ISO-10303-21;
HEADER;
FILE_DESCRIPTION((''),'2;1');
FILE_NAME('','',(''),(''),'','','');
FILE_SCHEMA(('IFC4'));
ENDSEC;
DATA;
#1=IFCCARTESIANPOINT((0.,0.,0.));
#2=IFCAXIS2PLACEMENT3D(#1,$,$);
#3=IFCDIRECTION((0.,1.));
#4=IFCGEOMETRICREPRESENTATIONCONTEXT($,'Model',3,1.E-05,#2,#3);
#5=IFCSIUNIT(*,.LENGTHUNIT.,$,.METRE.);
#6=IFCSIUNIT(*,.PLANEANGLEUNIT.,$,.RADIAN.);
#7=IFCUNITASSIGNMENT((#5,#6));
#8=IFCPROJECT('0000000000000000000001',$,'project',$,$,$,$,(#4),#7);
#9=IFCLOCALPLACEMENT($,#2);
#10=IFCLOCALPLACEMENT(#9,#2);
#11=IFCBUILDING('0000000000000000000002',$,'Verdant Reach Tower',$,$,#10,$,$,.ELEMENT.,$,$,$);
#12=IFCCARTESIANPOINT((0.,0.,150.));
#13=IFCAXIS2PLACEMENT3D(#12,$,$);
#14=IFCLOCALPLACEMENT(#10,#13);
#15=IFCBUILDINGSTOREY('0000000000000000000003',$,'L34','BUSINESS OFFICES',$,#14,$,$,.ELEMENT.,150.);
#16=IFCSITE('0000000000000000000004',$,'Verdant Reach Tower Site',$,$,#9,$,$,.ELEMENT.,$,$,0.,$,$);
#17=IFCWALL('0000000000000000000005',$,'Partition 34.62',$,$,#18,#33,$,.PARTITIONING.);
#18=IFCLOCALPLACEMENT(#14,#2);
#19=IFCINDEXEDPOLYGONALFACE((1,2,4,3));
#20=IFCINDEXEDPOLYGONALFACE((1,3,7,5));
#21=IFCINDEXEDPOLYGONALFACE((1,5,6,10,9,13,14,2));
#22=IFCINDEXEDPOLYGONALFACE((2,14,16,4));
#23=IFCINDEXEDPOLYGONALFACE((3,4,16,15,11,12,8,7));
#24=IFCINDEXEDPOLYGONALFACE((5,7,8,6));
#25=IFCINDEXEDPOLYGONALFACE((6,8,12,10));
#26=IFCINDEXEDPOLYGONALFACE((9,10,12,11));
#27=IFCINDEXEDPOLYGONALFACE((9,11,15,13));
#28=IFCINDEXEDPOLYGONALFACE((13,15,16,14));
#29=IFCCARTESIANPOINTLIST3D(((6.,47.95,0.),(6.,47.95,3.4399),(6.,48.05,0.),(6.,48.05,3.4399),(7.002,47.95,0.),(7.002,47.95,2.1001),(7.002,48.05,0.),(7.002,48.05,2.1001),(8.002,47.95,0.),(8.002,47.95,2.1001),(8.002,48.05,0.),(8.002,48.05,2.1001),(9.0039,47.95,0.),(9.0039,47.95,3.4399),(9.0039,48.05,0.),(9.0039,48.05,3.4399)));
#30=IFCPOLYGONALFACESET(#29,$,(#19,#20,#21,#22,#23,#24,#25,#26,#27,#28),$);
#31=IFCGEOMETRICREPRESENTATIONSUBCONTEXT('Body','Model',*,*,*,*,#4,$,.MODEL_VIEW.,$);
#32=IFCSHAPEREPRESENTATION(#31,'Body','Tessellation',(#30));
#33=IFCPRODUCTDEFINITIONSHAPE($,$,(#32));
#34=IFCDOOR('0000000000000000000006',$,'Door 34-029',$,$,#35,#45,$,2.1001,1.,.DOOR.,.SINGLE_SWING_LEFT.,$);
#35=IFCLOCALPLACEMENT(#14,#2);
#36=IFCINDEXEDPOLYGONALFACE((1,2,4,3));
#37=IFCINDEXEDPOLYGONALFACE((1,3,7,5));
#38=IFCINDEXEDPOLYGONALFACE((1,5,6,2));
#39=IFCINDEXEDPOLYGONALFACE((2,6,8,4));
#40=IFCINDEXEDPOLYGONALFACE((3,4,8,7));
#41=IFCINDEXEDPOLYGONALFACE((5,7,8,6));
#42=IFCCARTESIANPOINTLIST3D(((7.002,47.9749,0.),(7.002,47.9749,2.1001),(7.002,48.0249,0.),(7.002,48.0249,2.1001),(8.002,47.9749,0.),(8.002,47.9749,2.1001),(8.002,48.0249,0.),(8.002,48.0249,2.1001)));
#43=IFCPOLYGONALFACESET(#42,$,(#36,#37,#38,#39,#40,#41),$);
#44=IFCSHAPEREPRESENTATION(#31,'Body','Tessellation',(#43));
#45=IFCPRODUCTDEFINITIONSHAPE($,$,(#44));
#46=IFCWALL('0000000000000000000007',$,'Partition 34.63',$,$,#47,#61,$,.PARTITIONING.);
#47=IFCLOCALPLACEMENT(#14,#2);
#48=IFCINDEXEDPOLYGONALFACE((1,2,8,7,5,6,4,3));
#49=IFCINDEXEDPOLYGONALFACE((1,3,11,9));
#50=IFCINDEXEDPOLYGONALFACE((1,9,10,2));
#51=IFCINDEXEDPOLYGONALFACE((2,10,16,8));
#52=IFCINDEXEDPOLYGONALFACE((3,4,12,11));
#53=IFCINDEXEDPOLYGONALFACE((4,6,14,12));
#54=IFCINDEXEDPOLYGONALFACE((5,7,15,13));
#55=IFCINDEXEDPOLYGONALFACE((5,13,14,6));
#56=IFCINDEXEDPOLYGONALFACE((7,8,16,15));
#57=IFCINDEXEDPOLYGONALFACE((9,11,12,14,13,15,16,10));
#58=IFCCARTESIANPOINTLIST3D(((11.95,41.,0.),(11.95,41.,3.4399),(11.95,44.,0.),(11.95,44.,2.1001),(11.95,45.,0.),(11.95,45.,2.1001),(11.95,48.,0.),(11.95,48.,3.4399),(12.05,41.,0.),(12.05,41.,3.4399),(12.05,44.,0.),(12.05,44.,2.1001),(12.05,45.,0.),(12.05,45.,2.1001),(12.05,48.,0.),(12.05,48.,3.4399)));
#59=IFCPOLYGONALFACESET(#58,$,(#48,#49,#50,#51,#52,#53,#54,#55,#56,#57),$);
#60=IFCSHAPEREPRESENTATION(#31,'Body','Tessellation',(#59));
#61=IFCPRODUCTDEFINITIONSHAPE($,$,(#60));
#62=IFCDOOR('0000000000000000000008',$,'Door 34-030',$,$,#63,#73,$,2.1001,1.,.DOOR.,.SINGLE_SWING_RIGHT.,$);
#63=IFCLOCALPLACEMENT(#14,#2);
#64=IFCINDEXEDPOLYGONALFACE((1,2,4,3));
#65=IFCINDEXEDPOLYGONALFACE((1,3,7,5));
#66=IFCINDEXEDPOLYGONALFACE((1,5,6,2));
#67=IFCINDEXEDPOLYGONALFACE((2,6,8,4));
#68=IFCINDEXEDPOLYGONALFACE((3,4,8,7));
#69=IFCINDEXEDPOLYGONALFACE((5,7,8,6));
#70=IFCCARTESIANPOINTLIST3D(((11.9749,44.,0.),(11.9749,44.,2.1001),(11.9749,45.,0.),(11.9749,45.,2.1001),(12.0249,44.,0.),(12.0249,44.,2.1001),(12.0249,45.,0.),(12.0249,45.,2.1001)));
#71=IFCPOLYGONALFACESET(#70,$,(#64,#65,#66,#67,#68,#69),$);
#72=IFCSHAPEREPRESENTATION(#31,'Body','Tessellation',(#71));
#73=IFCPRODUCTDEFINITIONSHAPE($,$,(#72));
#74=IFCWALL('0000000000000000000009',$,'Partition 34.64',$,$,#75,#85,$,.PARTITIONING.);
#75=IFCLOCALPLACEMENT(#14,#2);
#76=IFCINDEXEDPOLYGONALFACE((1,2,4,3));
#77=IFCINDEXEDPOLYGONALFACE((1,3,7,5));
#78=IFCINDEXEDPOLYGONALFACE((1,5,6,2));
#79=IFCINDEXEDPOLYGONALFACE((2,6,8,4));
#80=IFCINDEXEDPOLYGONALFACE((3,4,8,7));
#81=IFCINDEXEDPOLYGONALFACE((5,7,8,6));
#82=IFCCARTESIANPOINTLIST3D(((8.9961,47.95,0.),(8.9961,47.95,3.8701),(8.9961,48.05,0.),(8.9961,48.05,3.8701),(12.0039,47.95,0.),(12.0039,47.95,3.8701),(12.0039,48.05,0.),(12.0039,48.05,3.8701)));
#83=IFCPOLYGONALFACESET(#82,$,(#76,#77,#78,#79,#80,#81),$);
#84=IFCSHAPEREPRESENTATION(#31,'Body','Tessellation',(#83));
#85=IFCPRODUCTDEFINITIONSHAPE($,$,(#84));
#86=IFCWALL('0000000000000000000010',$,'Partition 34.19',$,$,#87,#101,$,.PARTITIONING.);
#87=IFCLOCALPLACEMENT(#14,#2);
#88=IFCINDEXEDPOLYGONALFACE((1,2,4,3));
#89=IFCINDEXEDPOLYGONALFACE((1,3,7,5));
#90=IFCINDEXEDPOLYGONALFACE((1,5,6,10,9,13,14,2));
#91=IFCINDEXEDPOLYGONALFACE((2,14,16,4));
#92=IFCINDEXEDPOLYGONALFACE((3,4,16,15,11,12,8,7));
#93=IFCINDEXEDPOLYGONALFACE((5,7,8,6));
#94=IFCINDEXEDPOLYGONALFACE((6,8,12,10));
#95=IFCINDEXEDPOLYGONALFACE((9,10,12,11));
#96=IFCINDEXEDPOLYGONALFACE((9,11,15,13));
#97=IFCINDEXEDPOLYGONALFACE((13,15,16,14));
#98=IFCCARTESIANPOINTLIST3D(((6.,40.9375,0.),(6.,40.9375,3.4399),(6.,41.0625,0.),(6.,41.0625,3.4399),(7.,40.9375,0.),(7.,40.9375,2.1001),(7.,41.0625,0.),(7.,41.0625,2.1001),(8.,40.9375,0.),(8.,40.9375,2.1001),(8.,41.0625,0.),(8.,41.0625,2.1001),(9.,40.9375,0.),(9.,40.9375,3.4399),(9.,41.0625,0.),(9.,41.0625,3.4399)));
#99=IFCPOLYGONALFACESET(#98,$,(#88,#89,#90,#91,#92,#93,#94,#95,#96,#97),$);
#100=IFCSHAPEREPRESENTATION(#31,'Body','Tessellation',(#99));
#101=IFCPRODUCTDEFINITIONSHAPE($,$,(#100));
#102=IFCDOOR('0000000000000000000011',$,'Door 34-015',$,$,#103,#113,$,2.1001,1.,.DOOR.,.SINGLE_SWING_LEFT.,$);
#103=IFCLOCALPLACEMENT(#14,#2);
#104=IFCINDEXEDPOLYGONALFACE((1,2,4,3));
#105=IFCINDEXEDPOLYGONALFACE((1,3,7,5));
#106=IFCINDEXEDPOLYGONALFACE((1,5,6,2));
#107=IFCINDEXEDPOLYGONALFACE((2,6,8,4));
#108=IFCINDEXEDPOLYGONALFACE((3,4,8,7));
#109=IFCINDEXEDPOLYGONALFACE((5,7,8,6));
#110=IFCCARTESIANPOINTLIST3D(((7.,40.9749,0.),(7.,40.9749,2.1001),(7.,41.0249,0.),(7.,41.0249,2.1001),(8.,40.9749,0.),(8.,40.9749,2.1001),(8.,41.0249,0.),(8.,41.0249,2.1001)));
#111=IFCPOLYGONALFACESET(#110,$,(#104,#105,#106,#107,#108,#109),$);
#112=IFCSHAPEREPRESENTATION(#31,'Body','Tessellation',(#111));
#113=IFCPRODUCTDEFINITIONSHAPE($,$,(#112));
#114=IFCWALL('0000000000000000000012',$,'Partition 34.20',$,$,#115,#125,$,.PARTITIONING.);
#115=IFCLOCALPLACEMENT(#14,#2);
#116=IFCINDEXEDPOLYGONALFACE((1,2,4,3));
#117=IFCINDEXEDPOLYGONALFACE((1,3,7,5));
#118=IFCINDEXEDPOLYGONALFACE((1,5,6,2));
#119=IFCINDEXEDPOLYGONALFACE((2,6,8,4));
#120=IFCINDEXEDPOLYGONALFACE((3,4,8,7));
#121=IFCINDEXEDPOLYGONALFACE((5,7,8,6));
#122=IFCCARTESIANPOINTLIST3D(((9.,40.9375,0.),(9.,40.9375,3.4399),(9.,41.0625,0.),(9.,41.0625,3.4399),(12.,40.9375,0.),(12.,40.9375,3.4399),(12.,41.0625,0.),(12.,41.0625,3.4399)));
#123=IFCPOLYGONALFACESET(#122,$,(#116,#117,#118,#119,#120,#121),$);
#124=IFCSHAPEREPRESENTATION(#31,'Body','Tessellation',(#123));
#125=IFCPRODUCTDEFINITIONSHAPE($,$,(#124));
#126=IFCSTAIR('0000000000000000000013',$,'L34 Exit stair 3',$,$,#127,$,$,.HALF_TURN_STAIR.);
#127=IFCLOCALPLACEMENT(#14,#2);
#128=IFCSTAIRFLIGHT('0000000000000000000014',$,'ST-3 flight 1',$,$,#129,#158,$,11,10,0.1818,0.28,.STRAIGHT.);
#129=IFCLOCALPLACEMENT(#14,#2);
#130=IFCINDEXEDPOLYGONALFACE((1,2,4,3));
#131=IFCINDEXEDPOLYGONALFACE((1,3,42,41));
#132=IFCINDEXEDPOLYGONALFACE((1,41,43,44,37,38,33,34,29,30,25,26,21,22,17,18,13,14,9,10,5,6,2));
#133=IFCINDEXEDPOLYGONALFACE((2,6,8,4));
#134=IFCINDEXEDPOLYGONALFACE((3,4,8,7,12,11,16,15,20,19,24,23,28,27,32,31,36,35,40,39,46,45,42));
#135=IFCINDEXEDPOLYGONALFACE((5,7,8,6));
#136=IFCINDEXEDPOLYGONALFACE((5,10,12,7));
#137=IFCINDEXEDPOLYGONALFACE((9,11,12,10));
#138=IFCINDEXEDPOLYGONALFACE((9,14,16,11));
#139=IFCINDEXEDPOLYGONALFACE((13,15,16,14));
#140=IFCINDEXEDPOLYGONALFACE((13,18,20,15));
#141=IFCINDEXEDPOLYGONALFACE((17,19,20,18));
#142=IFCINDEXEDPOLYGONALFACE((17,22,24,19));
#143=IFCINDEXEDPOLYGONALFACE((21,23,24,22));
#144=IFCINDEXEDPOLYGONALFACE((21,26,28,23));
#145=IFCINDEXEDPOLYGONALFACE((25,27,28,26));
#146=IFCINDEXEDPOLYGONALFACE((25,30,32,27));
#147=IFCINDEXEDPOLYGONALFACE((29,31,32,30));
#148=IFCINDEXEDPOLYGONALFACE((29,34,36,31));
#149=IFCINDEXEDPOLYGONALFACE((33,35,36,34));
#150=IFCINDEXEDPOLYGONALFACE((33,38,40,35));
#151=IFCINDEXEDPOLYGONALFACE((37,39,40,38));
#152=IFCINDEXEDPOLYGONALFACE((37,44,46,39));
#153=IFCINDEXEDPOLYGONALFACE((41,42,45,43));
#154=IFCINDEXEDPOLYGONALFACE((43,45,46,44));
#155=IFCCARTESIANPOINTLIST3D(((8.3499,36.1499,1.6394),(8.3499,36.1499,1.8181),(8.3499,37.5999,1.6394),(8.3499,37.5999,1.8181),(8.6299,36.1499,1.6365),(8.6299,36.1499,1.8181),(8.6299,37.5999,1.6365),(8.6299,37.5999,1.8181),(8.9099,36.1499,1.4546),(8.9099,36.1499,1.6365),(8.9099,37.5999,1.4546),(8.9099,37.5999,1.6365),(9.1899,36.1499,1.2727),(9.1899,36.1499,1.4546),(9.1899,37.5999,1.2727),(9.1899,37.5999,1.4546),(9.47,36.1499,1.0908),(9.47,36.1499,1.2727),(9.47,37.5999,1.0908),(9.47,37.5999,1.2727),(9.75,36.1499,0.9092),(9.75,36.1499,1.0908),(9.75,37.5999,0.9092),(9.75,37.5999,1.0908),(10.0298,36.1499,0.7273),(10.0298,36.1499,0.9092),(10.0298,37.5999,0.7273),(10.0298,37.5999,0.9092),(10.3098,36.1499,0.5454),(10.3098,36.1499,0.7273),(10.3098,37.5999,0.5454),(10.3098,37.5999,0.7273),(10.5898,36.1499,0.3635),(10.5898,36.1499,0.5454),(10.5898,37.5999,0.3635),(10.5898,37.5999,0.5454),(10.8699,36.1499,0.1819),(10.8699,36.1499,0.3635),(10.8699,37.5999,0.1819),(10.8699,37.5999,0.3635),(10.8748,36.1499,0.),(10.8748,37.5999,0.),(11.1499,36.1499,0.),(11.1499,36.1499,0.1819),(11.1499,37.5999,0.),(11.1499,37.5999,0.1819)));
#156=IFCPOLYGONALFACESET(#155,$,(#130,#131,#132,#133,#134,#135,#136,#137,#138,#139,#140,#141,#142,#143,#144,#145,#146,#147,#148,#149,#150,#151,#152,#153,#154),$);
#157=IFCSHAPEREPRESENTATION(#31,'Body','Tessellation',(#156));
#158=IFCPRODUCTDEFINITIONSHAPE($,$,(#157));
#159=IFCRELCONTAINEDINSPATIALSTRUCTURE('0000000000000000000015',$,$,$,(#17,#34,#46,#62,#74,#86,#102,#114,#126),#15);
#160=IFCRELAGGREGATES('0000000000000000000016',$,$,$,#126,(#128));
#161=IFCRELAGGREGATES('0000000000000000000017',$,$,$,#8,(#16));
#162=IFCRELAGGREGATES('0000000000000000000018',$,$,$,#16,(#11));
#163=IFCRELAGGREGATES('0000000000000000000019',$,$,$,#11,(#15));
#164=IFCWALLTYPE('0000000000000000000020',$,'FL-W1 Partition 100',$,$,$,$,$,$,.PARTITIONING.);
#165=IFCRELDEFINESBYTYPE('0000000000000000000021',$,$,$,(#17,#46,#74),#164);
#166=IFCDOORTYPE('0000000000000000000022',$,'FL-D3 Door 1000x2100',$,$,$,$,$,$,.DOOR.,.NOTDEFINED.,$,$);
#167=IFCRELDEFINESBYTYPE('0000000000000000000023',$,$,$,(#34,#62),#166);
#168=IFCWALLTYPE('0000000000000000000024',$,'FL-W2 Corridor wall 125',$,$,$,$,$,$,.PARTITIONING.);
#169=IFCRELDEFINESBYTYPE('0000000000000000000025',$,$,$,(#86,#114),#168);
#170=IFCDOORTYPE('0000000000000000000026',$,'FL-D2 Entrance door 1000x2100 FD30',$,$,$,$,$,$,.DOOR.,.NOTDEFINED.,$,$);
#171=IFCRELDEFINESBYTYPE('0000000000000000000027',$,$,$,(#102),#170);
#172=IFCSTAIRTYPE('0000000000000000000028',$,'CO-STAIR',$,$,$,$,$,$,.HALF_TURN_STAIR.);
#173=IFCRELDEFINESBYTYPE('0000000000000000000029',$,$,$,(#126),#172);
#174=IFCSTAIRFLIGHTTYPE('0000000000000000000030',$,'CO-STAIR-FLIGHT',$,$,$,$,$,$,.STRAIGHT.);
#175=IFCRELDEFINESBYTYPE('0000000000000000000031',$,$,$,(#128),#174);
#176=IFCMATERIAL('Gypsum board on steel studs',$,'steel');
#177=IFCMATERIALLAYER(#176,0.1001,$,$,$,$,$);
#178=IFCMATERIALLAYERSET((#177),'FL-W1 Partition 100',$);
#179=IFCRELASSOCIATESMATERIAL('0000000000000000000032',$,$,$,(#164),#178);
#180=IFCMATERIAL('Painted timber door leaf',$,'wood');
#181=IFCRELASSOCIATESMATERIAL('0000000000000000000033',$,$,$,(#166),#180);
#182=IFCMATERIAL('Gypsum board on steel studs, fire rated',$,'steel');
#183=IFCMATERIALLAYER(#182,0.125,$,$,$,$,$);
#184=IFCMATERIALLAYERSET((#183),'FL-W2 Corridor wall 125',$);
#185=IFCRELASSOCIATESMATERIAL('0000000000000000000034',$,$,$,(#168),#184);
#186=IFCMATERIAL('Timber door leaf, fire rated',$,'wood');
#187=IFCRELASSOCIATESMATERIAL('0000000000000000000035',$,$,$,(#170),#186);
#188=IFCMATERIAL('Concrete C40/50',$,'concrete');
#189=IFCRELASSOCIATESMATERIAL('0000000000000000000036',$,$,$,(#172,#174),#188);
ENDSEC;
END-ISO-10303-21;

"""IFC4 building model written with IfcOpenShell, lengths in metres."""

from ifc_helpers import new_model, si_unit, direction, frame, frame_2d, origin, place, context, subcontext, project, spatial, polyline, rectangle, outline, extrude, material, layer, layer_set, type_object, element, fill, aggregate, save


model = new_model("IFC4")

# Units and contexts
model_context = context("Model", 3, precision=1e-05, world=origin(), true_north=direction((0.0, 1.0)))
body_context = subcontext(model_context, "Body", "Model", "MODEL_VIEW")
ifc_project = project(units=[si_unit("LENGTHUNIT", "METRE"), si_unit("PLANEANGLEUNIT", "RADIAN")], contexts=[model_context])

# Site, building, storey
site_placement = place(None, origin())
site = spatial("IfcSite", under=ifc_project, at=site_placement, Name="Verdant Reach Tower Site", CompositionType="ELEMENT", RefElevation=0.0)
building_placement = place(site_placement, origin())
building = spatial("IfcBuilding", under=site, at=building_placement, Name="Verdant Reach Tower", CompositionType="ELEMENT")
storey_placement = place(building_placement, frame((0.0, 0.0, 150.0)))
storey = spatial("IfcBuildingStorey", under=building, at=storey_placement, Name="L34", Description="BUSINESS OFFICES", CompositionType="ELEMENT", Elevation=150.0)

# Shared definitions
ifc_material_1 = material(Name="Concrete C40/50", Category="concrete")

# Shared definitions
ifc_material_2 = material(Name="Gypsum board on steel studs", Category="steel")
ifc_layer_1 = layer(ifc_material_2, 0.1001)
ifc_layer_set_1 = layer_set([ifc_layer_1], Name="FL-W1 Partition 100")
wall_type_1 = type_object("IfcWallType", Name="FL-W1 Partition 100", PredefinedType="PARTITIONING", material=ifc_layer_set_1)

# Walls, openings, doors
ifc_material_3 = material(Name="Painted timber door leaf", Category="wood")
door_type_1 = type_object("IfcDoorType", Name="FL-D3 Door 1000x2100", OperationType="NOTDEFINED", PredefinedType="DOOR", material=ifc_material_3)
wall_1_placement = place(storey_placement, frame((6.0, 48.0, 0.0), z_axis=(0.0, 0.0, 1.0), x_axis=(1.0, 0.0, 0.0)))
wall_1 = element("IfcWall", 1, at=wall_1_placement, inside=storey, type_object=wall_type_1, Name="Partition 34.62", PredefinedType="PARTITIONING", context=body_context, shape_type="SweptSolid", body=[
    extrude(rectangle(XDim=3.0039, YDim=0.1001, at=frame_2d((1.502, 0.0))), origin(), (0.0, 0.0, 1.0), 3.4399),
])
opening_1_placement = place(wall_1_placement, frame((1.002, 0.0, 0.0)))
opening_1 = element("IfcOpeningElement", 2, at=opening_1_placement, cuts=wall_1, PredefinedType="OPENING", context=body_context, shape_type="SweptSolid", body=[
    extrude(rectangle(XDim=1.0, YDim=2.1001, at=frame_2d((0.5, 1.05))), frame((0.0, 0.0601, 0.0), z_axis=(0.0, -1.0, 0.0), x_axis=(1.0, 0.0, 0.0)), (0.0, 0.0, 1.0), 0.1201),
])
door_1_placement = place(opening_1_placement, origin())
door_1 = element("IfcDoor", 3, at=door_1_placement, inside=storey, type_object=door_type_1, Name="Door 34-029", OperationType="SINGLE_SWING_LEFT", OverallHeight=2.1001, OverallWidth=1.0, PredefinedType="DOOR", context=body_context, shape_type="SweptSolid", body=[
    extrude(rectangle(XDim=1.0, YDim=2.1001, at=frame_2d((0.5, 1.05))), frame((0.0, 0.0249, 0.0), z_axis=(0.0, -1.0, 0.0), x_axis=(1.0, 0.0, 0.0)), (0.0, 0.0, 1.0), 0.05),
])
fill(opening_1, door_1)
wall_2_placement = place(storey_placement, frame((12.0, 48.0, 0.0), z_axis=(0.0, 0.0, 1.0), x_axis=(0.0, -1.0, 0.0)))
wall_2 = element("IfcWall", 4, at=wall_2_placement, inside=storey, type_object=wall_type_1, Name="Partition 34.63", PredefinedType="PARTITIONING", context=body_context, shape_type="SweptSolid", body=[
    extrude(rectangle(XDim=7.0, YDim=0.1001, at=frame_2d((3.5, 0.0))), origin(), (0.0, 0.0, 1.0), 3.4399),
])
opening_2_placement = place(wall_2_placement, frame((3.0, 0.0, 0.0)))
opening_2 = element("IfcOpeningElement", 5, at=opening_2_placement, cuts=wall_2, PredefinedType="OPENING", context=body_context, shape_type="SweptSolid", body=[
    extrude(rectangle(XDim=1.0, YDim=2.1001, at=frame_2d((0.5, 1.05))), frame((0.0, 0.0601, 0.0), z_axis=(0.0, -1.0, 0.0), x_axis=(1.0, 0.0, 0.0)), (0.0, 0.0, 1.0), 0.1201),
])
door_2_placement = place(opening_2_placement, origin())
door_2 = element("IfcDoor", 6, at=door_2_placement, inside=storey, type_object=door_type_1, Name="Door 34-030", OperationType="SINGLE_SWING_RIGHT", OverallHeight=2.1001, OverallWidth=1.0, PredefinedType="DOOR", context=body_context, shape_type="SweptSolid", body=[
    extrude(rectangle(XDim=1.0, YDim=2.1001, at=frame_2d((0.5, 1.05))), frame((0.0, 0.0249, 0.0), z_axis=(0.0, -1.0, 0.0), x_axis=(1.0, 0.0, 0.0)), (0.0, 0.0, 1.0), 0.05),
])
fill(opening_2, door_2)

# Wall
wall_3_placement = place(storey_placement, frame((12.0039, 48.0, 0.0), z_axis=(0.0, 0.0, 1.0), x_axis=(-1.0, 0.0, 0.0)))
element("IfcWall", 7, at=wall_3_placement, inside=storey, type_object=wall_type_1, Name="Partition 34.64", PredefinedType="PARTITIONING", context=body_context, shape_type="SweptSolid", body=[
    extrude(rectangle(XDim=3.0078, YDim=0.1001, at=frame_2d((1.5039, 0.0))), origin(), (0.0, 0.0, 1.0), 3.8701),
])

# Wall, opening, door
ifc_material_4 = material(Name="Gypsum board on steel studs, fire rated", Category="steel")
ifc_layer_2 = layer(ifc_material_4, 0.125)
ifc_layer_set_2 = layer_set([ifc_layer_2], Name="FL-W2 Corridor wall 125")
wall_type_2 = type_object("IfcWallType", Name="FL-W2 Corridor wall 125", PredefinedType="PARTITIONING", material=ifc_layer_set_2)
wall_4_placement = place(storey_placement, frame((6.0, 41.0, 0.0), z_axis=(0.0, 0.0, 1.0), x_axis=(1.0, 0.0, 0.0)))
wall_4 = element("IfcWall", 8, at=wall_4_placement, inside=storey, type_object=wall_type_2, Name="Partition 34.19", PredefinedType="PARTITIONING", context=body_context, shape_type="SweptSolid", body=[
    extrude(rectangle(XDim=3.0, YDim=0.125, at=frame_2d((1.5, 0.0))), origin(), (0.0, 0.0, 1.0), 3.4399),
])
opening_3_placement = place(wall_4_placement, frame((1.0, 0.0, 0.0)))
opening_3 = element("IfcOpeningElement", 9, at=opening_3_placement, cuts=wall_4, PredefinedType="OPENING", context=body_context, shape_type="SweptSolid", body=[
    extrude(rectangle(XDim=1.0, YDim=2.1001, at=frame_2d((0.5, 1.05))), frame((0.0, 0.0725, 0.0), z_axis=(0.0, -1.0, 0.0), x_axis=(1.0, 0.0, 0.0)), (0.0, 0.0, 1.0), 0.145),
])
ifc_material_5 = material(Name="Timber door leaf, fire rated", Category="wood")
door_type_2 = type_object("IfcDoorType", Name="FL-D2 Entrance door 1000x2100 FD30", OperationType="NOTDEFINED", PredefinedType="DOOR", material=ifc_material_5)
door_3_placement = place(opening_3_placement, origin())
door_3 = element("IfcDoor", 10, at=door_3_placement, inside=storey, type_object=door_type_2, Name="Door 34-015", OperationType="SINGLE_SWING_LEFT", OverallHeight=2.1001, OverallWidth=1.0, PredefinedType="DOOR", context=body_context, shape_type="SweptSolid", body=[
    extrude(rectangle(XDim=1.0, YDim=2.1001, at=frame_2d((0.5, 1.05))), frame((0.0, 0.0249, 0.0), z_axis=(0.0, -1.0, 0.0), x_axis=(1.0, 0.0, 0.0)), (0.0, 0.0, 1.0), 0.05),
])
fill(opening_3, door_3)

# Wall
wall_5_placement = place(storey_placement, frame((12.0, 41.0, 0.0), z_axis=(0.0, 0.0, 1.0), x_axis=(-1.0, 0.0, 0.0)))
element("IfcWall", 11, at=wall_5_placement, inside=storey, type_object=wall_type_2, Name="Partition 34.20", PredefinedType="PARTITIONING", context=body_context, shape_type="SweptSolid", body=[
    extrude(rectangle(XDim=3.0, YDim=0.125, at=frame_2d((1.5, 0.0))), origin(), (0.0, 0.0, 1.0), 3.4399),
])

# Stair, stair flight
stair_type = type_object("IfcStairType", Name="CO-STAIR", PredefinedType="HALF_TURN_STAIR", material=ifc_material_1)
stair_placement = place(storey_placement, origin())
stair = element("IfcStair", 12, at=stair_placement, inside=storey, type_object=stair_type, Name="L34 Exit stair 3", PredefinedType="HALF_TURN_STAIR")
stair_flight_type = type_object("IfcStairFlightType", Name="CO-STAIR-FLIGHT", PredefinedType="STRAIGHT", material=ifc_material_1)
stair_flight_1_placement = place(storey_placement, frame((11.1499, 36.875, 0.0), z_axis=(0.0, 0.0, 1.0), x_axis=(-1.0, 0.0, 0.0)))
stair_flight_1 = element("IfcStairFlight", 13, at=stair_flight_1_placement, type_object=stair_flight_type, Name="ST-3 flight 1", NumberOfRisers=11, NumberOfTreads=10, PredefinedType="STRAIGHT", RiserHeight=0.1818, TreadLength=0.28, context=body_context, shape_type="SweptSolid", body=[
    extrude(outline(polyline([(0.0, 0.0), (0.0, 0.1819), (0.28, 0.1819), (0.28, 0.3635), (0.5601, 0.3635), (0.5601, 0.5454), (0.8401, 0.5454), (0.8401, 0.7273), (1.1201, 0.7273), (1.1201, 0.9092), (1.3999, 0.9092), (1.3999, 1.0908), (1.6799, 1.0908), (1.6799, 1.2727), (1.96, 1.2727), (1.96, 1.4546), (2.24, 1.4546), (2.24, 1.6365), (2.52, 1.6365), (2.52, 1.8181), (2.8, 1.8181), (2.8, 2.0), (2.8, 1.6394), (0.2751, 0.0), (0.0, 0.0)])), frame((0.0, 0.7251, 0.0), z_axis=(0.0, -1.0, 0.0), x_axis=(1.0, 0.0, 0.0)), (0.0, 0.0, 1.0), 1.45),
])
aggregate(stair, [stair_flight_1])

save(model, "model.ifc")
